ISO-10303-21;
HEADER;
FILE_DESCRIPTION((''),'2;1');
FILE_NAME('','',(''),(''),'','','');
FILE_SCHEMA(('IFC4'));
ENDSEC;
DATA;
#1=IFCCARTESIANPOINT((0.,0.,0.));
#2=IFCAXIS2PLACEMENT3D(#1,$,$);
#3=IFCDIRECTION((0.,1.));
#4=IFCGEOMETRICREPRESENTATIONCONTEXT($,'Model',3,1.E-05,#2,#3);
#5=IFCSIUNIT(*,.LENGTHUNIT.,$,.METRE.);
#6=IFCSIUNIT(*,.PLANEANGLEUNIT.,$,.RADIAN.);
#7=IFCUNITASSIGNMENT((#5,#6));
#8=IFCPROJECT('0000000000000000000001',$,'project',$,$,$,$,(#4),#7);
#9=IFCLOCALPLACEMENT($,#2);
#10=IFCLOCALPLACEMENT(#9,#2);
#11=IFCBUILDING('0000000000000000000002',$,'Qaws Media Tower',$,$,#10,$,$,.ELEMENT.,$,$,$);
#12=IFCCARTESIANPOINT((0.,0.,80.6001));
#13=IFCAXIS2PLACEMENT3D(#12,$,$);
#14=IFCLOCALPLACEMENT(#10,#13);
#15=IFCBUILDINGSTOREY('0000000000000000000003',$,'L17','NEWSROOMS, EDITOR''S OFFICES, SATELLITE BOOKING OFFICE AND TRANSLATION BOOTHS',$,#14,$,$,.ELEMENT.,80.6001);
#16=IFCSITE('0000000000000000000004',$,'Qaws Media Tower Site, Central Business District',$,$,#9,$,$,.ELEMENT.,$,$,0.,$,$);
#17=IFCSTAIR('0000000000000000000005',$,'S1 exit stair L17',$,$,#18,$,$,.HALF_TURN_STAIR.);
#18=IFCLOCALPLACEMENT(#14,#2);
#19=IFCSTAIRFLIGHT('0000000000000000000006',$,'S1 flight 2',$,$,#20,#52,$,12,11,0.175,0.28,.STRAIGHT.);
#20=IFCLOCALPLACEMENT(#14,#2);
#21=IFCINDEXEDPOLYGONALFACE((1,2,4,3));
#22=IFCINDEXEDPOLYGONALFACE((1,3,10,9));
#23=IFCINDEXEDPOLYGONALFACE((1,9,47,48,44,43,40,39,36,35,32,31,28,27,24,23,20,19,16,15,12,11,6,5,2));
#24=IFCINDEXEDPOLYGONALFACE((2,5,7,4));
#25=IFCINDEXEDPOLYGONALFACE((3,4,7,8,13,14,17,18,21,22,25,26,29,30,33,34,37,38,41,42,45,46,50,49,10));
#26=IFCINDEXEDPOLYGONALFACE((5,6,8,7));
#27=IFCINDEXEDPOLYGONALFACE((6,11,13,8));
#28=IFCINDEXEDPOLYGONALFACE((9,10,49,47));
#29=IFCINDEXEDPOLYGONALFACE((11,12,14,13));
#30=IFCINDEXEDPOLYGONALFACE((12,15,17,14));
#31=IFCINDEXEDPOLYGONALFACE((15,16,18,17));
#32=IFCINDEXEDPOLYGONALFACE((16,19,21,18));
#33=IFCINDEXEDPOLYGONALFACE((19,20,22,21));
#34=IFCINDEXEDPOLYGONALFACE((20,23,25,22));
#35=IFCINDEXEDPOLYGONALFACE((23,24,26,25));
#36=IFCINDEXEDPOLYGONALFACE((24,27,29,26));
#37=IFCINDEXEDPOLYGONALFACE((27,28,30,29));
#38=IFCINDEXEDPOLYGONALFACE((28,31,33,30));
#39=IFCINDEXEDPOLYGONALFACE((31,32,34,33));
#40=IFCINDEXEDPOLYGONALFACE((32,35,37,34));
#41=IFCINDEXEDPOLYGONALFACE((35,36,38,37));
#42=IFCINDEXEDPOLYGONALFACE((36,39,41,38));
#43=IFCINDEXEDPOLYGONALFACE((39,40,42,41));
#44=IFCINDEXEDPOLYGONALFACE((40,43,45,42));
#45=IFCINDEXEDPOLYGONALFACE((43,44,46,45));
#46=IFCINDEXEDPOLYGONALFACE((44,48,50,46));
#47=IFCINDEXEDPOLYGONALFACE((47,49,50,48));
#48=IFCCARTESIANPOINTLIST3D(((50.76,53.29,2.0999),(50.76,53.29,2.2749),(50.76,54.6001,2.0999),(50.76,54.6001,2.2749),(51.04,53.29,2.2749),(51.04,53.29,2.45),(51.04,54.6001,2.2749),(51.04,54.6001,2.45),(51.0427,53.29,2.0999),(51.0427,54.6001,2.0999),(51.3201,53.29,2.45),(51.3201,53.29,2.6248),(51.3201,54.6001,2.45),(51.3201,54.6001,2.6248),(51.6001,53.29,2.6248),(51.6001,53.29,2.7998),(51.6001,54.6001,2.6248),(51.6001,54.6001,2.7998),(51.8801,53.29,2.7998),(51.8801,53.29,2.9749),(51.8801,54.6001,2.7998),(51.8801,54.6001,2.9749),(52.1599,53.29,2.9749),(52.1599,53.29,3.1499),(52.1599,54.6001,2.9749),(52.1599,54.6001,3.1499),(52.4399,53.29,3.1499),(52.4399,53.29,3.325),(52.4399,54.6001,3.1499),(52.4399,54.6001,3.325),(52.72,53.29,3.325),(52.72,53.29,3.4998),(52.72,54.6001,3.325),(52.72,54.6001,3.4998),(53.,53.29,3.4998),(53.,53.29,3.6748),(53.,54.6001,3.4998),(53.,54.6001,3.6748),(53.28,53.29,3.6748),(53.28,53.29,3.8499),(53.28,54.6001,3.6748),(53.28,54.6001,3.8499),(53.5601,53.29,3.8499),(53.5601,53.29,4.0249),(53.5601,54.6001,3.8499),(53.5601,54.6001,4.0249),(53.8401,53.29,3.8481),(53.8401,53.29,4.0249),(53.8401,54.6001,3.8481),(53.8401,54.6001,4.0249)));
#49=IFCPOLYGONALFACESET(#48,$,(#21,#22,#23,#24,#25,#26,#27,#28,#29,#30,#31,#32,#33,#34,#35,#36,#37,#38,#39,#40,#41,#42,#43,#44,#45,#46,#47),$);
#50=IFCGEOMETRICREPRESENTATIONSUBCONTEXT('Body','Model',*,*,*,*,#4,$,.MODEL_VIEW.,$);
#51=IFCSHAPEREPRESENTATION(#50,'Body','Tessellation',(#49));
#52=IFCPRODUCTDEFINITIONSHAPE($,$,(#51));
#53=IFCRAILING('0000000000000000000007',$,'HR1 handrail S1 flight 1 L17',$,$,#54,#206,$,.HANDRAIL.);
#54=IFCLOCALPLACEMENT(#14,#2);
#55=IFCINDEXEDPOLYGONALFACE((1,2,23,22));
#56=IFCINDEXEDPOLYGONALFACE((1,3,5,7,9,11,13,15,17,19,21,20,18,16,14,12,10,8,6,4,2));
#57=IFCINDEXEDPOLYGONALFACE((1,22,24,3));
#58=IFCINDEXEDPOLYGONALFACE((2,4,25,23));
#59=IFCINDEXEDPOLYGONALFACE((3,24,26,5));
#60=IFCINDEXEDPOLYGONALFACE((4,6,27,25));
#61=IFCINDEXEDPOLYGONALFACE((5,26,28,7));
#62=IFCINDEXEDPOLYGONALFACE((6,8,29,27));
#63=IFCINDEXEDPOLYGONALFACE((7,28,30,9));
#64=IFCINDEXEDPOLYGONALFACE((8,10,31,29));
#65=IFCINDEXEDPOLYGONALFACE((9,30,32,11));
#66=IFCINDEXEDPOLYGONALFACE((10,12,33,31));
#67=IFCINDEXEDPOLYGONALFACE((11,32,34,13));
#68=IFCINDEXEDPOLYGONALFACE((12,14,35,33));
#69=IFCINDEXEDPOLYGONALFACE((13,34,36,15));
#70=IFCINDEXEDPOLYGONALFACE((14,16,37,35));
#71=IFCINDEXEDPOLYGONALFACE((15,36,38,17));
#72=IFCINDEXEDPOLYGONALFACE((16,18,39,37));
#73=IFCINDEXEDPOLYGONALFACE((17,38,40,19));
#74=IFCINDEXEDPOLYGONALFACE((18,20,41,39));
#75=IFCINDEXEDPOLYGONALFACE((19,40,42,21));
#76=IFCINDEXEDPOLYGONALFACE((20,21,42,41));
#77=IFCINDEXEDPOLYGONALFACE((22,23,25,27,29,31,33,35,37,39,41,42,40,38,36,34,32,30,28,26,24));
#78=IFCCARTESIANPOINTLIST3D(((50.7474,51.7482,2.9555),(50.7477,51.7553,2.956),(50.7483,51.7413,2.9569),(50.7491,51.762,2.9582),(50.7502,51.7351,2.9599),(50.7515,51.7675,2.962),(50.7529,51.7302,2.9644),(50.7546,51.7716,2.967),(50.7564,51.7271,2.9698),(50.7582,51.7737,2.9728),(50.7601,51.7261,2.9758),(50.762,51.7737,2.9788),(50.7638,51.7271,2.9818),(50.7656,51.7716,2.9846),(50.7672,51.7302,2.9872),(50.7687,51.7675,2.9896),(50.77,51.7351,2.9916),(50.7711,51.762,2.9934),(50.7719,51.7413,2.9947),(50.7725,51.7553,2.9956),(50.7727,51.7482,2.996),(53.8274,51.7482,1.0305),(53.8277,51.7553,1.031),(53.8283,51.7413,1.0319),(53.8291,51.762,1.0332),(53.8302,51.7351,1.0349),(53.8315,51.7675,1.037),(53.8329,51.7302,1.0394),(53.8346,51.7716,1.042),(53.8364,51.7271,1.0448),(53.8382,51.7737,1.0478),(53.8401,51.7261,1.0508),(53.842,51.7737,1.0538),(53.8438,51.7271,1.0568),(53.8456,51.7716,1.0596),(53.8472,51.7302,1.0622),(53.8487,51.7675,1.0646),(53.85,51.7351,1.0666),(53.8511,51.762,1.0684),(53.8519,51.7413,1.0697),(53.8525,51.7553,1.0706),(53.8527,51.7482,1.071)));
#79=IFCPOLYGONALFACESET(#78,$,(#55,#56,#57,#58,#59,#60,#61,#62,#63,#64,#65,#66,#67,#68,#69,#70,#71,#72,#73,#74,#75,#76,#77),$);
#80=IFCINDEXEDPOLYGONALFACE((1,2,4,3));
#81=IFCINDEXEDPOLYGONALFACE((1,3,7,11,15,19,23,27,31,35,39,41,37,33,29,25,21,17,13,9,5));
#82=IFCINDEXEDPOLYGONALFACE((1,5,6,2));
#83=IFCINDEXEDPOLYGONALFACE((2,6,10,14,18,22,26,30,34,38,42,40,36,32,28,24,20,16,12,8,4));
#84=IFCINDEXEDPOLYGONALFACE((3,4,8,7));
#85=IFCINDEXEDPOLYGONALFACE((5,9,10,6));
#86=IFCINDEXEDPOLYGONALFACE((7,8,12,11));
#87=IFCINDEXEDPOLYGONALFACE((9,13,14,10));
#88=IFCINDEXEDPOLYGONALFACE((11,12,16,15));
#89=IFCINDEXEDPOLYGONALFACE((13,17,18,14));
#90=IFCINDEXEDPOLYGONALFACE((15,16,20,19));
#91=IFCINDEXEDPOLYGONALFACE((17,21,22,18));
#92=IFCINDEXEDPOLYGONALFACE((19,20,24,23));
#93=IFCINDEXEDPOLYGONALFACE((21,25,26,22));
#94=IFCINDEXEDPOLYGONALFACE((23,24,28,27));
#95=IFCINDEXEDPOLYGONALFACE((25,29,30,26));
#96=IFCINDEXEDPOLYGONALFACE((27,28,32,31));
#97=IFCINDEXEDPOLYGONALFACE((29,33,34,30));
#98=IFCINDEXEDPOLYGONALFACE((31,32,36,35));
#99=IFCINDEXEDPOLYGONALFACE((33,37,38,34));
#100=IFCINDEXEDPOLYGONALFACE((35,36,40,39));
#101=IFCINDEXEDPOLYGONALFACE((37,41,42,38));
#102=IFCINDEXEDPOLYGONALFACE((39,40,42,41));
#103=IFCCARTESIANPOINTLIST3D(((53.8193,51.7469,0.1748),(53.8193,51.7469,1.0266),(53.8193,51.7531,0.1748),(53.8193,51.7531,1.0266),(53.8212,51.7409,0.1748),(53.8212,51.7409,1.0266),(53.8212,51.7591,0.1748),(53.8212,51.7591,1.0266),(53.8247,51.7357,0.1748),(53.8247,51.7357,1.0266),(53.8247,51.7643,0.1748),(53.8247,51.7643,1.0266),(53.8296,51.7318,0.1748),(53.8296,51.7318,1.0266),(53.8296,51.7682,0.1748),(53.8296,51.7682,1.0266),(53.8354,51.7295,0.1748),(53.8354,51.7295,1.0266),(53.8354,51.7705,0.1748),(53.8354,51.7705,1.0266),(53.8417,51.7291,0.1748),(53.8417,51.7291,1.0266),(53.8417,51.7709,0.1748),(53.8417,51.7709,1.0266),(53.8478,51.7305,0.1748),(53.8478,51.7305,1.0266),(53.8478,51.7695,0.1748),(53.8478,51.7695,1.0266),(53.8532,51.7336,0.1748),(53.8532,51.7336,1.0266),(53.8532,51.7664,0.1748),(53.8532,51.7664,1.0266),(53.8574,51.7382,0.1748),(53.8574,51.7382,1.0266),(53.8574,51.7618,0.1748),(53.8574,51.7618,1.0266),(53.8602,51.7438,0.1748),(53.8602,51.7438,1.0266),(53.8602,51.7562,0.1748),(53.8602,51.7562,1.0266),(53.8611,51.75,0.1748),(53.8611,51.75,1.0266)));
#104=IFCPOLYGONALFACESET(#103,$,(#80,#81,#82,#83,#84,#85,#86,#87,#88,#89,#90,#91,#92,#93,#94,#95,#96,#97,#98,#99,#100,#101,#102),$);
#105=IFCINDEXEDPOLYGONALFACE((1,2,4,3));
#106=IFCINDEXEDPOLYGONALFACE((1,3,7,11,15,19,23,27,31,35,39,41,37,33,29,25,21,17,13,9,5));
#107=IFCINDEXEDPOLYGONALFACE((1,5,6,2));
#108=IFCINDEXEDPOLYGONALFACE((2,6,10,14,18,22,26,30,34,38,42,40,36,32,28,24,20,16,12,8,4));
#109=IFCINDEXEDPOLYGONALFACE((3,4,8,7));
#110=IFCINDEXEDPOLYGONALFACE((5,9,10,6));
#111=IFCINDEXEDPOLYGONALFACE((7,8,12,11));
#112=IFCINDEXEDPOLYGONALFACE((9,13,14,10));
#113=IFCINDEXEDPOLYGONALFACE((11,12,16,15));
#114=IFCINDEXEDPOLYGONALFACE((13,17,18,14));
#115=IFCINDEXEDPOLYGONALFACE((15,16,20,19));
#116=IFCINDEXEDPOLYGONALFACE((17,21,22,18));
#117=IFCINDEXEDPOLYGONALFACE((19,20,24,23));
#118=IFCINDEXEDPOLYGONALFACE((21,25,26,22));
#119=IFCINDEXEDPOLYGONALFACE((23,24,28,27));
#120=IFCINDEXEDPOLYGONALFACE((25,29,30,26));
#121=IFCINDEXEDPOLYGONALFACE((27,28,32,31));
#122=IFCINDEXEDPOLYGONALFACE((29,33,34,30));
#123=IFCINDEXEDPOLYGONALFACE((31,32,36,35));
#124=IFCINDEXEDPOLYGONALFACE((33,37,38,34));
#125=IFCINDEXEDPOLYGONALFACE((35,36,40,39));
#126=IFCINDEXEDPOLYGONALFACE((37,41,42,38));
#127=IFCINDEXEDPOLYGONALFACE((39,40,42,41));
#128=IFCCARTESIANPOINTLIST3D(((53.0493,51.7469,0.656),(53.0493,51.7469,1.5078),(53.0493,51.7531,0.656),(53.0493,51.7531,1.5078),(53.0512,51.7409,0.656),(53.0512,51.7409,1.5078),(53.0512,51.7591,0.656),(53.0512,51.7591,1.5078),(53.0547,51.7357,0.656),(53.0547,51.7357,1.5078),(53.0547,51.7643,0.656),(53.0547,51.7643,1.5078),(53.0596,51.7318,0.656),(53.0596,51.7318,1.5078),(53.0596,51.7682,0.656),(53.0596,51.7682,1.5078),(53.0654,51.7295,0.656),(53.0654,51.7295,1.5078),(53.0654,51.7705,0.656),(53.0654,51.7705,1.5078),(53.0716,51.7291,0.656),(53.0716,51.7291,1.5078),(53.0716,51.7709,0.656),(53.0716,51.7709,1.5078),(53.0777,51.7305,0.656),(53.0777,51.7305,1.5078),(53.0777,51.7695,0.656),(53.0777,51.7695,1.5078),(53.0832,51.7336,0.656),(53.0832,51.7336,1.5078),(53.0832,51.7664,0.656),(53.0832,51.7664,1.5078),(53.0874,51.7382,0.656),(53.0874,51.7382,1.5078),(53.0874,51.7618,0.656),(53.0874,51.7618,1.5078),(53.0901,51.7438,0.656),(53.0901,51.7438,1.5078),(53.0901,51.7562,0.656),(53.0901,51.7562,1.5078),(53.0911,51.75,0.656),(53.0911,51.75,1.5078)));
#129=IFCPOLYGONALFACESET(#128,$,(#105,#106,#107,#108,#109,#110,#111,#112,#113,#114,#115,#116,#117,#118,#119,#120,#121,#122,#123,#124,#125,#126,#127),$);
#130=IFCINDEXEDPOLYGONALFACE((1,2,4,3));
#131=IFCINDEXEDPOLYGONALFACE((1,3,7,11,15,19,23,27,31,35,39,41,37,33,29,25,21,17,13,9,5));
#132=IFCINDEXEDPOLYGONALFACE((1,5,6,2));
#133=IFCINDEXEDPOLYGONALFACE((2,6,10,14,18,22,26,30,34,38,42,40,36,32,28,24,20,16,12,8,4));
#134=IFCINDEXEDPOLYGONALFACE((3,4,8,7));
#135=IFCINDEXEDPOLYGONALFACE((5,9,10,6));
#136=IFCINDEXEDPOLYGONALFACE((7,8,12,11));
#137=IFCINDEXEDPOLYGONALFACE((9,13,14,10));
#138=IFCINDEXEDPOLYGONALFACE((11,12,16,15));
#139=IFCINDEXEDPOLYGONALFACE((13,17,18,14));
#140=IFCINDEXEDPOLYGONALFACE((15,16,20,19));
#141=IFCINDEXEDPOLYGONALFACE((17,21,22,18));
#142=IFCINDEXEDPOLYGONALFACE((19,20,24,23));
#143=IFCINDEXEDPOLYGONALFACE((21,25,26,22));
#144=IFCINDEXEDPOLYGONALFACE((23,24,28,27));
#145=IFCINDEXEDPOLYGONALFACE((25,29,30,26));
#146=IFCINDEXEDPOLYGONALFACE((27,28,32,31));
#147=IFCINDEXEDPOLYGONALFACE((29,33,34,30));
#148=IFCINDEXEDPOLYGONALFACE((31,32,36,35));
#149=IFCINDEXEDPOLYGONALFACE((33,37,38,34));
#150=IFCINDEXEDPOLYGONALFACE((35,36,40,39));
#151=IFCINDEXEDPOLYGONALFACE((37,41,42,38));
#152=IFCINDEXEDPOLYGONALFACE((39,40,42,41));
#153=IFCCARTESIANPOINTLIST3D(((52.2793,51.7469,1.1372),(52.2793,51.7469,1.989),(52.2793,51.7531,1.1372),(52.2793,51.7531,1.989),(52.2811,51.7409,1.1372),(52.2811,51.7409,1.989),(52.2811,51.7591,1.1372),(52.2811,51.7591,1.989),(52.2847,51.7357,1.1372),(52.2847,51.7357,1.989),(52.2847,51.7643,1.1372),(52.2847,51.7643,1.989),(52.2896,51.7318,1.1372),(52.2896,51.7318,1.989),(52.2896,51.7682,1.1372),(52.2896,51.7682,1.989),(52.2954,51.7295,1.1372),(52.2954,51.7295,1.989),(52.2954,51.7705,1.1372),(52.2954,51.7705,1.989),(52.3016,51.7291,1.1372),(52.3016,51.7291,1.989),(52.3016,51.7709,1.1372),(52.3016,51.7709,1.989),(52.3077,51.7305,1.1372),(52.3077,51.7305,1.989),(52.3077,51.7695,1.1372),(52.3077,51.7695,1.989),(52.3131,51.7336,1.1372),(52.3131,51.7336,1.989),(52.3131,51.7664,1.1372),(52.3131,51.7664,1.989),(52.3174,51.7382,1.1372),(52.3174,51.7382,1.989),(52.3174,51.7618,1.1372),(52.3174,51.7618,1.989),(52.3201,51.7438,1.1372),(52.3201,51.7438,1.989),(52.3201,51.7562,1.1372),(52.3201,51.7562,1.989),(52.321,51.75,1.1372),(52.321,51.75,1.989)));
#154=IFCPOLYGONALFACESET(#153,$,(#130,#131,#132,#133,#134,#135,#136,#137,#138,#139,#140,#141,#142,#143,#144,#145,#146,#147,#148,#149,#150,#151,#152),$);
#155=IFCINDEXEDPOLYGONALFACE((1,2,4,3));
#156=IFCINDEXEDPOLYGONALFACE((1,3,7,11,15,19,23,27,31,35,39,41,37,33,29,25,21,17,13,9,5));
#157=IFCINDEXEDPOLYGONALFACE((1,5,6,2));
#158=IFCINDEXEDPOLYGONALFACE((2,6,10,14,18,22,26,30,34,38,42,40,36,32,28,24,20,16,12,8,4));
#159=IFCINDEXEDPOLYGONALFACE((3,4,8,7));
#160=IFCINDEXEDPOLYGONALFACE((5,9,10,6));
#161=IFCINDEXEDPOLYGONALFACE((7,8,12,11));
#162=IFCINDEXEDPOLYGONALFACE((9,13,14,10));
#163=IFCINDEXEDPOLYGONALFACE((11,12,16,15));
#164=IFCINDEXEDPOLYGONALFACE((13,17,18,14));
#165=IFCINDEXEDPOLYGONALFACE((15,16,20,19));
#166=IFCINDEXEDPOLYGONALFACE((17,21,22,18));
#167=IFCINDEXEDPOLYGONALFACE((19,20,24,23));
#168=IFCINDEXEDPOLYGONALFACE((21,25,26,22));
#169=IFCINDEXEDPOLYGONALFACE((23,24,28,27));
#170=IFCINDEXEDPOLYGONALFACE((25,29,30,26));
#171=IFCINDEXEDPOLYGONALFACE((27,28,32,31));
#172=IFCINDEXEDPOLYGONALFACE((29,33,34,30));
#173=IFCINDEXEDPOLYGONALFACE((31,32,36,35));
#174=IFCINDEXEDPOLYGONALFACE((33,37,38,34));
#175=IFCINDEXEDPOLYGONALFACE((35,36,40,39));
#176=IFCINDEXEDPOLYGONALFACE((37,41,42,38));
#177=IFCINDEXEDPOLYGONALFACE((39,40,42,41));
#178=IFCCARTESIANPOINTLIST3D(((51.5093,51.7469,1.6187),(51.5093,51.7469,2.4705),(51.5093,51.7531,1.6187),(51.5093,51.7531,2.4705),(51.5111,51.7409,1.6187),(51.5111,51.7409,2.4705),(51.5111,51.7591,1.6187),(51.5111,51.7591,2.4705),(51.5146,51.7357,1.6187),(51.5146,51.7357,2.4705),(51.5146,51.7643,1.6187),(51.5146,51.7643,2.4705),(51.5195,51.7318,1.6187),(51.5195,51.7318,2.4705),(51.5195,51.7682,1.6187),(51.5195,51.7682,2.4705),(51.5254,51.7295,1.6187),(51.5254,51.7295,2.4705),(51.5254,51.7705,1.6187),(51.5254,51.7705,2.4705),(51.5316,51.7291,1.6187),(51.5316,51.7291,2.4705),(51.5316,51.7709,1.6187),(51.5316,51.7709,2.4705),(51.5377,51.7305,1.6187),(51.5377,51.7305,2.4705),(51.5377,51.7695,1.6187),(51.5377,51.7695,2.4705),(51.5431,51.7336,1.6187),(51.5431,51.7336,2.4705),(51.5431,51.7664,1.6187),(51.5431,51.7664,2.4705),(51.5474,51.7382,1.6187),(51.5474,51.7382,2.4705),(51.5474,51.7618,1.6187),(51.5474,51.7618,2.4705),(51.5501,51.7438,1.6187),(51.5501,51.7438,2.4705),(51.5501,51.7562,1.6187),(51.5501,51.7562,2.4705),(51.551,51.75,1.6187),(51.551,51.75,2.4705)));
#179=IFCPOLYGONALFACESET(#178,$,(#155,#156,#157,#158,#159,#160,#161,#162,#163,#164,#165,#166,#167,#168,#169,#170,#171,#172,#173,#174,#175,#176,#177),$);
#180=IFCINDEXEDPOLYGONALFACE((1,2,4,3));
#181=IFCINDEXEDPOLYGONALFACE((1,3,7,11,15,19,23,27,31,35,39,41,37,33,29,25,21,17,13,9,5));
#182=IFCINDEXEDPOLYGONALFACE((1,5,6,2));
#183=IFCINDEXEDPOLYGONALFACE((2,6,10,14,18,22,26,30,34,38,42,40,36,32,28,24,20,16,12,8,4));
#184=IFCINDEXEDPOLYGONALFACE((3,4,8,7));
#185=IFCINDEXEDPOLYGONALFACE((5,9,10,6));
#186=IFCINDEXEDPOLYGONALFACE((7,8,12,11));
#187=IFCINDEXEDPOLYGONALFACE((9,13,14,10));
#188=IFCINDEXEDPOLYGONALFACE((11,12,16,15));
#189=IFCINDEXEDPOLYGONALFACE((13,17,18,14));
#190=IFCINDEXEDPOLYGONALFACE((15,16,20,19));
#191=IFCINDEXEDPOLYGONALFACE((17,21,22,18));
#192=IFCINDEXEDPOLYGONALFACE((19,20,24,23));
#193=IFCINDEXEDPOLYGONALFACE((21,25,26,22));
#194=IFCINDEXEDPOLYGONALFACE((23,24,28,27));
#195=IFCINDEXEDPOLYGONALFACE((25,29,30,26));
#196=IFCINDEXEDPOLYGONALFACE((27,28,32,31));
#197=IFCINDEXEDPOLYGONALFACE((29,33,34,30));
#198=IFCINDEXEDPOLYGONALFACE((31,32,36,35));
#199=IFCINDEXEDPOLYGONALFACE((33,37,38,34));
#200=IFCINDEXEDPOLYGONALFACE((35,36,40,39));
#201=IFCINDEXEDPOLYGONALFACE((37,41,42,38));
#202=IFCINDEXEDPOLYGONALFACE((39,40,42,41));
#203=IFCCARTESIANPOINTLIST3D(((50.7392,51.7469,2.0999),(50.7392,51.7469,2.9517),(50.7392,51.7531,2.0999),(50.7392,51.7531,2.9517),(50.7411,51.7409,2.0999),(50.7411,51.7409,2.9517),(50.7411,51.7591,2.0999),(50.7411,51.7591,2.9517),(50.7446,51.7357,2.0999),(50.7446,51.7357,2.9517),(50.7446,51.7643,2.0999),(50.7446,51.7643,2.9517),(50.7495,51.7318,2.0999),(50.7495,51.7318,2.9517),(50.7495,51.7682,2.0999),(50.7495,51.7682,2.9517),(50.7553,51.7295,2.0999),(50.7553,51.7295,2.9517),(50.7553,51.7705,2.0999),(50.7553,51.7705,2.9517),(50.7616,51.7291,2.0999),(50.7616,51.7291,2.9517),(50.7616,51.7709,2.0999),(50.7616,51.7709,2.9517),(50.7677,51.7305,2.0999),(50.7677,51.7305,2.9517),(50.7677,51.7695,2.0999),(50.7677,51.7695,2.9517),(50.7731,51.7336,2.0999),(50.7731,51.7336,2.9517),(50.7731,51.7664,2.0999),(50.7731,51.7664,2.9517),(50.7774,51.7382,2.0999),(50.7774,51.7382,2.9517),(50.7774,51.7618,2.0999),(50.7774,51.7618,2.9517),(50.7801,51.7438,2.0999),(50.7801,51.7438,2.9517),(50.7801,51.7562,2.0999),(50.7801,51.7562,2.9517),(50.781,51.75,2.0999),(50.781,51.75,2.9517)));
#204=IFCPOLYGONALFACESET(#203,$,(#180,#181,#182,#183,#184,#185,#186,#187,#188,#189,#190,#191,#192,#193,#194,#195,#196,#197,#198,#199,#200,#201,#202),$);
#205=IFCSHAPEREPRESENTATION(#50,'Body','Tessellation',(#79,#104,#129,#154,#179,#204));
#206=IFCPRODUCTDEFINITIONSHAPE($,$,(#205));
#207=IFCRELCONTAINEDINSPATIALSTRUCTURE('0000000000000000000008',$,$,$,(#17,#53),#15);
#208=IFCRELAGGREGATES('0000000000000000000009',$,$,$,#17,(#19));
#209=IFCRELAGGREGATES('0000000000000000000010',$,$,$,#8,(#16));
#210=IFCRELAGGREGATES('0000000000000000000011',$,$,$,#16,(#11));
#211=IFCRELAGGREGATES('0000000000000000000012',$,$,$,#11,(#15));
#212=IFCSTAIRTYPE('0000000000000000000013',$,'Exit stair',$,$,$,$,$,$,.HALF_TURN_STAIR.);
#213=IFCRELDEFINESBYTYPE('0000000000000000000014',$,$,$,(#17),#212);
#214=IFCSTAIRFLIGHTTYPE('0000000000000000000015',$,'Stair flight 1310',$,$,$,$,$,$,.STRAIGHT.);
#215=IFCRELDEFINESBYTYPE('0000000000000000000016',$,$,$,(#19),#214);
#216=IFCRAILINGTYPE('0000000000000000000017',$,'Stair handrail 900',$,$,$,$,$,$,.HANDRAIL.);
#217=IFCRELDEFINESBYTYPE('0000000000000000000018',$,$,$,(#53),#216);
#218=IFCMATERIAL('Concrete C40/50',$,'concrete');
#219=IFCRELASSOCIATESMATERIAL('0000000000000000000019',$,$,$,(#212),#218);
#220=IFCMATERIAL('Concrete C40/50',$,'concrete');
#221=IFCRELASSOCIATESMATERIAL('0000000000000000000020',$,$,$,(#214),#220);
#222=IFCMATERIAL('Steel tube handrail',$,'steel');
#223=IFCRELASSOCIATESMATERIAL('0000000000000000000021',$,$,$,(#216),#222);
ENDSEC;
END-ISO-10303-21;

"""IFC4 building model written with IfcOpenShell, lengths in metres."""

from ifc_helpers import new_model, si_unit, direction, frame, origin, origin_2d, place, context, subcontext, project, spatial, polyline, circle, outline, extrude, material, type_object, element, aggregate, save


model = new_model("IFC4")

# Units and contexts
model_context = context("Model", 3, precision=1e-05, world=origin(), true_north=direction((0.0, 1.0)))
body_context = subcontext(model_context, "Body", "Model", "MODEL_VIEW")
ifc_project = project(units=[si_unit("LENGTHUNIT", "METRE"), si_unit("PLANEANGLEUNIT", "RADIAN")], contexts=[model_context])

# Site, building, storey
site_placement = place(None, origin())
site = spatial("IfcSite", under=ifc_project, at=site_placement, Name="Qaws Media Tower Site, Central Business District", CompositionType="ELEMENT", RefElevation=0.0)
building_placement = place(site_placement, origin())
building = spatial("IfcBuilding", under=site, at=building_placement, Name="Qaws Media Tower", CompositionType="ELEMENT")
storey_placement = place(building_placement, frame((0.0, 0.0, 80.6001)))
storey = spatial("IfcBuildingStorey", under=building, at=storey_placement, Name="L17", Description="NEWSROOMS, EDITOR'S OFFICES, SATELLITE BOOKING OFFICE AND TRANSLATION BOOTHS", CompositionType="ELEMENT", Elevation=80.6001)

# Stair, stair flight
ifc_material_1 = material(Name="Concrete C40/50", Category="concrete")
stair_type = type_object("IfcStairType", Name="Exit stair", PredefinedType="HALF_TURN_STAIR", material=ifc_material_1)
stair_placement = place(storey_placement, origin())
stair = element("IfcStair", 1, at=stair_placement, inside=storey, type_object=stair_type, Name="S1 exit stair L17", PredefinedType="HALF_TURN_STAIR")
ifc_material_2 = material(Name="Concrete C40/50", Category="concrete")
stair_flight_type = type_object("IfcStairFlightType", Name="Stair flight 1310", PredefinedType="STRAIGHT", material=ifc_material_2)
stair_flight_1_placement = place(storey_placement, frame((50.76, 53.9451, 2.0999), z_axis=(0.0, 0.0, 1.0), x_axis=(1.0, 0.0, 0.0)))
stair_flight_1 = element("IfcStairFlight", 2, at=stair_flight_1_placement, type_object=stair_flight_type, Name="S1 flight 2", NumberOfRisers=12, NumberOfTreads=11, PredefinedType="STRAIGHT", RiserHeight=0.175, TreadLength=0.28, context=body_context, shape_type="SweptSolid", body=[
    extrude(outline(polyline([(0.0, 0.0), (0.0, 0.175), (0.28, 0.175), (0.28, 0.3501), (0.5601, 0.3501), (0.5601, 0.5249), (0.8401, 0.5249), (0.8401, 0.7), (1.1201, 0.7), (1.1201, 0.875), (1.3999, 0.875), (1.3999, 1.05), (1.6799, 1.05), (1.6799, 1.2251), (1.96, 1.2251), (1.96, 1.3999), (2.24, 1.3999), (2.24, 1.575), (2.52, 1.575), (2.52, 1.75), (2.8, 1.75), (2.8, 1.925), (3.0801, 1.925), (3.0801, 2.1001), (3.0801, 1.7483), (0.2827, 0.0), (0.0, 0.0)])), frame((0.0, 0.655, 0.0), z_axis=(0.0, -1.0, 0.0), x_axis=(1.0, 0.0, 0.0)), (0.0, 0.0, 1.0), 1.3101),
])
aggregate(stair, [stair_flight_1])

# Railing
ifc_material_3 = material(Name="Steel tube handrail", Category="steel")
railing_type = type_object("IfcRailingType", Name="Stair handrail 900", PredefinedType="HANDRAIL", material=ifc_material_3)
for number, where, name in (
    (3, (53.8401, 51.75, 0.1748), "HR1 handrail S1 flight 1 L17"),
):
    element("IfcRailing", number, at=place(storey_placement, frame(where)), inside=storey, type_object=railing_type, Name=name, PredefinedType="HANDRAIL", context=body_context, shape_type="SweptSolid", body=[
        extrude(circle(Radius=0.0239, at=origin_2d()), frame((0.0, 0.0, 0.876), z_axis=(-0.847998, 0.0, 0.529999), x_axis=(0.0, -1.0, 0.0)), (0.0, 0.0, 1.0), 3.6321),
        extrude(circle(Radius=0.021, at=origin_2d()), origin(), (0.0, 0.0, 1.0), 0.8518),
        extrude(circle(Radius=0.021, at=origin_2d()), frame((-0.77, 0.0, 0.4812)), (0.0, 0.0, 1.0), 0.8518),
        extrude(circle(Radius=0.021, at=origin_2d()), frame((-1.54, 0.0, 0.9624)), (0.0, 0.0, 1.0), 0.8518),
        extrude(circle(Radius=0.021, at=origin_2d()), frame((-2.3101, 0.0, 1.4438)), (0.0, 0.0, 1.0), 0.8518),
        extrude(circle(Radius=0.021, at=origin_2d()), frame((-3.0801, 0.0, 1.925)), (0.0, 0.0, 1.0), 0.8518),
    ])

save(model, "model.ifc")
